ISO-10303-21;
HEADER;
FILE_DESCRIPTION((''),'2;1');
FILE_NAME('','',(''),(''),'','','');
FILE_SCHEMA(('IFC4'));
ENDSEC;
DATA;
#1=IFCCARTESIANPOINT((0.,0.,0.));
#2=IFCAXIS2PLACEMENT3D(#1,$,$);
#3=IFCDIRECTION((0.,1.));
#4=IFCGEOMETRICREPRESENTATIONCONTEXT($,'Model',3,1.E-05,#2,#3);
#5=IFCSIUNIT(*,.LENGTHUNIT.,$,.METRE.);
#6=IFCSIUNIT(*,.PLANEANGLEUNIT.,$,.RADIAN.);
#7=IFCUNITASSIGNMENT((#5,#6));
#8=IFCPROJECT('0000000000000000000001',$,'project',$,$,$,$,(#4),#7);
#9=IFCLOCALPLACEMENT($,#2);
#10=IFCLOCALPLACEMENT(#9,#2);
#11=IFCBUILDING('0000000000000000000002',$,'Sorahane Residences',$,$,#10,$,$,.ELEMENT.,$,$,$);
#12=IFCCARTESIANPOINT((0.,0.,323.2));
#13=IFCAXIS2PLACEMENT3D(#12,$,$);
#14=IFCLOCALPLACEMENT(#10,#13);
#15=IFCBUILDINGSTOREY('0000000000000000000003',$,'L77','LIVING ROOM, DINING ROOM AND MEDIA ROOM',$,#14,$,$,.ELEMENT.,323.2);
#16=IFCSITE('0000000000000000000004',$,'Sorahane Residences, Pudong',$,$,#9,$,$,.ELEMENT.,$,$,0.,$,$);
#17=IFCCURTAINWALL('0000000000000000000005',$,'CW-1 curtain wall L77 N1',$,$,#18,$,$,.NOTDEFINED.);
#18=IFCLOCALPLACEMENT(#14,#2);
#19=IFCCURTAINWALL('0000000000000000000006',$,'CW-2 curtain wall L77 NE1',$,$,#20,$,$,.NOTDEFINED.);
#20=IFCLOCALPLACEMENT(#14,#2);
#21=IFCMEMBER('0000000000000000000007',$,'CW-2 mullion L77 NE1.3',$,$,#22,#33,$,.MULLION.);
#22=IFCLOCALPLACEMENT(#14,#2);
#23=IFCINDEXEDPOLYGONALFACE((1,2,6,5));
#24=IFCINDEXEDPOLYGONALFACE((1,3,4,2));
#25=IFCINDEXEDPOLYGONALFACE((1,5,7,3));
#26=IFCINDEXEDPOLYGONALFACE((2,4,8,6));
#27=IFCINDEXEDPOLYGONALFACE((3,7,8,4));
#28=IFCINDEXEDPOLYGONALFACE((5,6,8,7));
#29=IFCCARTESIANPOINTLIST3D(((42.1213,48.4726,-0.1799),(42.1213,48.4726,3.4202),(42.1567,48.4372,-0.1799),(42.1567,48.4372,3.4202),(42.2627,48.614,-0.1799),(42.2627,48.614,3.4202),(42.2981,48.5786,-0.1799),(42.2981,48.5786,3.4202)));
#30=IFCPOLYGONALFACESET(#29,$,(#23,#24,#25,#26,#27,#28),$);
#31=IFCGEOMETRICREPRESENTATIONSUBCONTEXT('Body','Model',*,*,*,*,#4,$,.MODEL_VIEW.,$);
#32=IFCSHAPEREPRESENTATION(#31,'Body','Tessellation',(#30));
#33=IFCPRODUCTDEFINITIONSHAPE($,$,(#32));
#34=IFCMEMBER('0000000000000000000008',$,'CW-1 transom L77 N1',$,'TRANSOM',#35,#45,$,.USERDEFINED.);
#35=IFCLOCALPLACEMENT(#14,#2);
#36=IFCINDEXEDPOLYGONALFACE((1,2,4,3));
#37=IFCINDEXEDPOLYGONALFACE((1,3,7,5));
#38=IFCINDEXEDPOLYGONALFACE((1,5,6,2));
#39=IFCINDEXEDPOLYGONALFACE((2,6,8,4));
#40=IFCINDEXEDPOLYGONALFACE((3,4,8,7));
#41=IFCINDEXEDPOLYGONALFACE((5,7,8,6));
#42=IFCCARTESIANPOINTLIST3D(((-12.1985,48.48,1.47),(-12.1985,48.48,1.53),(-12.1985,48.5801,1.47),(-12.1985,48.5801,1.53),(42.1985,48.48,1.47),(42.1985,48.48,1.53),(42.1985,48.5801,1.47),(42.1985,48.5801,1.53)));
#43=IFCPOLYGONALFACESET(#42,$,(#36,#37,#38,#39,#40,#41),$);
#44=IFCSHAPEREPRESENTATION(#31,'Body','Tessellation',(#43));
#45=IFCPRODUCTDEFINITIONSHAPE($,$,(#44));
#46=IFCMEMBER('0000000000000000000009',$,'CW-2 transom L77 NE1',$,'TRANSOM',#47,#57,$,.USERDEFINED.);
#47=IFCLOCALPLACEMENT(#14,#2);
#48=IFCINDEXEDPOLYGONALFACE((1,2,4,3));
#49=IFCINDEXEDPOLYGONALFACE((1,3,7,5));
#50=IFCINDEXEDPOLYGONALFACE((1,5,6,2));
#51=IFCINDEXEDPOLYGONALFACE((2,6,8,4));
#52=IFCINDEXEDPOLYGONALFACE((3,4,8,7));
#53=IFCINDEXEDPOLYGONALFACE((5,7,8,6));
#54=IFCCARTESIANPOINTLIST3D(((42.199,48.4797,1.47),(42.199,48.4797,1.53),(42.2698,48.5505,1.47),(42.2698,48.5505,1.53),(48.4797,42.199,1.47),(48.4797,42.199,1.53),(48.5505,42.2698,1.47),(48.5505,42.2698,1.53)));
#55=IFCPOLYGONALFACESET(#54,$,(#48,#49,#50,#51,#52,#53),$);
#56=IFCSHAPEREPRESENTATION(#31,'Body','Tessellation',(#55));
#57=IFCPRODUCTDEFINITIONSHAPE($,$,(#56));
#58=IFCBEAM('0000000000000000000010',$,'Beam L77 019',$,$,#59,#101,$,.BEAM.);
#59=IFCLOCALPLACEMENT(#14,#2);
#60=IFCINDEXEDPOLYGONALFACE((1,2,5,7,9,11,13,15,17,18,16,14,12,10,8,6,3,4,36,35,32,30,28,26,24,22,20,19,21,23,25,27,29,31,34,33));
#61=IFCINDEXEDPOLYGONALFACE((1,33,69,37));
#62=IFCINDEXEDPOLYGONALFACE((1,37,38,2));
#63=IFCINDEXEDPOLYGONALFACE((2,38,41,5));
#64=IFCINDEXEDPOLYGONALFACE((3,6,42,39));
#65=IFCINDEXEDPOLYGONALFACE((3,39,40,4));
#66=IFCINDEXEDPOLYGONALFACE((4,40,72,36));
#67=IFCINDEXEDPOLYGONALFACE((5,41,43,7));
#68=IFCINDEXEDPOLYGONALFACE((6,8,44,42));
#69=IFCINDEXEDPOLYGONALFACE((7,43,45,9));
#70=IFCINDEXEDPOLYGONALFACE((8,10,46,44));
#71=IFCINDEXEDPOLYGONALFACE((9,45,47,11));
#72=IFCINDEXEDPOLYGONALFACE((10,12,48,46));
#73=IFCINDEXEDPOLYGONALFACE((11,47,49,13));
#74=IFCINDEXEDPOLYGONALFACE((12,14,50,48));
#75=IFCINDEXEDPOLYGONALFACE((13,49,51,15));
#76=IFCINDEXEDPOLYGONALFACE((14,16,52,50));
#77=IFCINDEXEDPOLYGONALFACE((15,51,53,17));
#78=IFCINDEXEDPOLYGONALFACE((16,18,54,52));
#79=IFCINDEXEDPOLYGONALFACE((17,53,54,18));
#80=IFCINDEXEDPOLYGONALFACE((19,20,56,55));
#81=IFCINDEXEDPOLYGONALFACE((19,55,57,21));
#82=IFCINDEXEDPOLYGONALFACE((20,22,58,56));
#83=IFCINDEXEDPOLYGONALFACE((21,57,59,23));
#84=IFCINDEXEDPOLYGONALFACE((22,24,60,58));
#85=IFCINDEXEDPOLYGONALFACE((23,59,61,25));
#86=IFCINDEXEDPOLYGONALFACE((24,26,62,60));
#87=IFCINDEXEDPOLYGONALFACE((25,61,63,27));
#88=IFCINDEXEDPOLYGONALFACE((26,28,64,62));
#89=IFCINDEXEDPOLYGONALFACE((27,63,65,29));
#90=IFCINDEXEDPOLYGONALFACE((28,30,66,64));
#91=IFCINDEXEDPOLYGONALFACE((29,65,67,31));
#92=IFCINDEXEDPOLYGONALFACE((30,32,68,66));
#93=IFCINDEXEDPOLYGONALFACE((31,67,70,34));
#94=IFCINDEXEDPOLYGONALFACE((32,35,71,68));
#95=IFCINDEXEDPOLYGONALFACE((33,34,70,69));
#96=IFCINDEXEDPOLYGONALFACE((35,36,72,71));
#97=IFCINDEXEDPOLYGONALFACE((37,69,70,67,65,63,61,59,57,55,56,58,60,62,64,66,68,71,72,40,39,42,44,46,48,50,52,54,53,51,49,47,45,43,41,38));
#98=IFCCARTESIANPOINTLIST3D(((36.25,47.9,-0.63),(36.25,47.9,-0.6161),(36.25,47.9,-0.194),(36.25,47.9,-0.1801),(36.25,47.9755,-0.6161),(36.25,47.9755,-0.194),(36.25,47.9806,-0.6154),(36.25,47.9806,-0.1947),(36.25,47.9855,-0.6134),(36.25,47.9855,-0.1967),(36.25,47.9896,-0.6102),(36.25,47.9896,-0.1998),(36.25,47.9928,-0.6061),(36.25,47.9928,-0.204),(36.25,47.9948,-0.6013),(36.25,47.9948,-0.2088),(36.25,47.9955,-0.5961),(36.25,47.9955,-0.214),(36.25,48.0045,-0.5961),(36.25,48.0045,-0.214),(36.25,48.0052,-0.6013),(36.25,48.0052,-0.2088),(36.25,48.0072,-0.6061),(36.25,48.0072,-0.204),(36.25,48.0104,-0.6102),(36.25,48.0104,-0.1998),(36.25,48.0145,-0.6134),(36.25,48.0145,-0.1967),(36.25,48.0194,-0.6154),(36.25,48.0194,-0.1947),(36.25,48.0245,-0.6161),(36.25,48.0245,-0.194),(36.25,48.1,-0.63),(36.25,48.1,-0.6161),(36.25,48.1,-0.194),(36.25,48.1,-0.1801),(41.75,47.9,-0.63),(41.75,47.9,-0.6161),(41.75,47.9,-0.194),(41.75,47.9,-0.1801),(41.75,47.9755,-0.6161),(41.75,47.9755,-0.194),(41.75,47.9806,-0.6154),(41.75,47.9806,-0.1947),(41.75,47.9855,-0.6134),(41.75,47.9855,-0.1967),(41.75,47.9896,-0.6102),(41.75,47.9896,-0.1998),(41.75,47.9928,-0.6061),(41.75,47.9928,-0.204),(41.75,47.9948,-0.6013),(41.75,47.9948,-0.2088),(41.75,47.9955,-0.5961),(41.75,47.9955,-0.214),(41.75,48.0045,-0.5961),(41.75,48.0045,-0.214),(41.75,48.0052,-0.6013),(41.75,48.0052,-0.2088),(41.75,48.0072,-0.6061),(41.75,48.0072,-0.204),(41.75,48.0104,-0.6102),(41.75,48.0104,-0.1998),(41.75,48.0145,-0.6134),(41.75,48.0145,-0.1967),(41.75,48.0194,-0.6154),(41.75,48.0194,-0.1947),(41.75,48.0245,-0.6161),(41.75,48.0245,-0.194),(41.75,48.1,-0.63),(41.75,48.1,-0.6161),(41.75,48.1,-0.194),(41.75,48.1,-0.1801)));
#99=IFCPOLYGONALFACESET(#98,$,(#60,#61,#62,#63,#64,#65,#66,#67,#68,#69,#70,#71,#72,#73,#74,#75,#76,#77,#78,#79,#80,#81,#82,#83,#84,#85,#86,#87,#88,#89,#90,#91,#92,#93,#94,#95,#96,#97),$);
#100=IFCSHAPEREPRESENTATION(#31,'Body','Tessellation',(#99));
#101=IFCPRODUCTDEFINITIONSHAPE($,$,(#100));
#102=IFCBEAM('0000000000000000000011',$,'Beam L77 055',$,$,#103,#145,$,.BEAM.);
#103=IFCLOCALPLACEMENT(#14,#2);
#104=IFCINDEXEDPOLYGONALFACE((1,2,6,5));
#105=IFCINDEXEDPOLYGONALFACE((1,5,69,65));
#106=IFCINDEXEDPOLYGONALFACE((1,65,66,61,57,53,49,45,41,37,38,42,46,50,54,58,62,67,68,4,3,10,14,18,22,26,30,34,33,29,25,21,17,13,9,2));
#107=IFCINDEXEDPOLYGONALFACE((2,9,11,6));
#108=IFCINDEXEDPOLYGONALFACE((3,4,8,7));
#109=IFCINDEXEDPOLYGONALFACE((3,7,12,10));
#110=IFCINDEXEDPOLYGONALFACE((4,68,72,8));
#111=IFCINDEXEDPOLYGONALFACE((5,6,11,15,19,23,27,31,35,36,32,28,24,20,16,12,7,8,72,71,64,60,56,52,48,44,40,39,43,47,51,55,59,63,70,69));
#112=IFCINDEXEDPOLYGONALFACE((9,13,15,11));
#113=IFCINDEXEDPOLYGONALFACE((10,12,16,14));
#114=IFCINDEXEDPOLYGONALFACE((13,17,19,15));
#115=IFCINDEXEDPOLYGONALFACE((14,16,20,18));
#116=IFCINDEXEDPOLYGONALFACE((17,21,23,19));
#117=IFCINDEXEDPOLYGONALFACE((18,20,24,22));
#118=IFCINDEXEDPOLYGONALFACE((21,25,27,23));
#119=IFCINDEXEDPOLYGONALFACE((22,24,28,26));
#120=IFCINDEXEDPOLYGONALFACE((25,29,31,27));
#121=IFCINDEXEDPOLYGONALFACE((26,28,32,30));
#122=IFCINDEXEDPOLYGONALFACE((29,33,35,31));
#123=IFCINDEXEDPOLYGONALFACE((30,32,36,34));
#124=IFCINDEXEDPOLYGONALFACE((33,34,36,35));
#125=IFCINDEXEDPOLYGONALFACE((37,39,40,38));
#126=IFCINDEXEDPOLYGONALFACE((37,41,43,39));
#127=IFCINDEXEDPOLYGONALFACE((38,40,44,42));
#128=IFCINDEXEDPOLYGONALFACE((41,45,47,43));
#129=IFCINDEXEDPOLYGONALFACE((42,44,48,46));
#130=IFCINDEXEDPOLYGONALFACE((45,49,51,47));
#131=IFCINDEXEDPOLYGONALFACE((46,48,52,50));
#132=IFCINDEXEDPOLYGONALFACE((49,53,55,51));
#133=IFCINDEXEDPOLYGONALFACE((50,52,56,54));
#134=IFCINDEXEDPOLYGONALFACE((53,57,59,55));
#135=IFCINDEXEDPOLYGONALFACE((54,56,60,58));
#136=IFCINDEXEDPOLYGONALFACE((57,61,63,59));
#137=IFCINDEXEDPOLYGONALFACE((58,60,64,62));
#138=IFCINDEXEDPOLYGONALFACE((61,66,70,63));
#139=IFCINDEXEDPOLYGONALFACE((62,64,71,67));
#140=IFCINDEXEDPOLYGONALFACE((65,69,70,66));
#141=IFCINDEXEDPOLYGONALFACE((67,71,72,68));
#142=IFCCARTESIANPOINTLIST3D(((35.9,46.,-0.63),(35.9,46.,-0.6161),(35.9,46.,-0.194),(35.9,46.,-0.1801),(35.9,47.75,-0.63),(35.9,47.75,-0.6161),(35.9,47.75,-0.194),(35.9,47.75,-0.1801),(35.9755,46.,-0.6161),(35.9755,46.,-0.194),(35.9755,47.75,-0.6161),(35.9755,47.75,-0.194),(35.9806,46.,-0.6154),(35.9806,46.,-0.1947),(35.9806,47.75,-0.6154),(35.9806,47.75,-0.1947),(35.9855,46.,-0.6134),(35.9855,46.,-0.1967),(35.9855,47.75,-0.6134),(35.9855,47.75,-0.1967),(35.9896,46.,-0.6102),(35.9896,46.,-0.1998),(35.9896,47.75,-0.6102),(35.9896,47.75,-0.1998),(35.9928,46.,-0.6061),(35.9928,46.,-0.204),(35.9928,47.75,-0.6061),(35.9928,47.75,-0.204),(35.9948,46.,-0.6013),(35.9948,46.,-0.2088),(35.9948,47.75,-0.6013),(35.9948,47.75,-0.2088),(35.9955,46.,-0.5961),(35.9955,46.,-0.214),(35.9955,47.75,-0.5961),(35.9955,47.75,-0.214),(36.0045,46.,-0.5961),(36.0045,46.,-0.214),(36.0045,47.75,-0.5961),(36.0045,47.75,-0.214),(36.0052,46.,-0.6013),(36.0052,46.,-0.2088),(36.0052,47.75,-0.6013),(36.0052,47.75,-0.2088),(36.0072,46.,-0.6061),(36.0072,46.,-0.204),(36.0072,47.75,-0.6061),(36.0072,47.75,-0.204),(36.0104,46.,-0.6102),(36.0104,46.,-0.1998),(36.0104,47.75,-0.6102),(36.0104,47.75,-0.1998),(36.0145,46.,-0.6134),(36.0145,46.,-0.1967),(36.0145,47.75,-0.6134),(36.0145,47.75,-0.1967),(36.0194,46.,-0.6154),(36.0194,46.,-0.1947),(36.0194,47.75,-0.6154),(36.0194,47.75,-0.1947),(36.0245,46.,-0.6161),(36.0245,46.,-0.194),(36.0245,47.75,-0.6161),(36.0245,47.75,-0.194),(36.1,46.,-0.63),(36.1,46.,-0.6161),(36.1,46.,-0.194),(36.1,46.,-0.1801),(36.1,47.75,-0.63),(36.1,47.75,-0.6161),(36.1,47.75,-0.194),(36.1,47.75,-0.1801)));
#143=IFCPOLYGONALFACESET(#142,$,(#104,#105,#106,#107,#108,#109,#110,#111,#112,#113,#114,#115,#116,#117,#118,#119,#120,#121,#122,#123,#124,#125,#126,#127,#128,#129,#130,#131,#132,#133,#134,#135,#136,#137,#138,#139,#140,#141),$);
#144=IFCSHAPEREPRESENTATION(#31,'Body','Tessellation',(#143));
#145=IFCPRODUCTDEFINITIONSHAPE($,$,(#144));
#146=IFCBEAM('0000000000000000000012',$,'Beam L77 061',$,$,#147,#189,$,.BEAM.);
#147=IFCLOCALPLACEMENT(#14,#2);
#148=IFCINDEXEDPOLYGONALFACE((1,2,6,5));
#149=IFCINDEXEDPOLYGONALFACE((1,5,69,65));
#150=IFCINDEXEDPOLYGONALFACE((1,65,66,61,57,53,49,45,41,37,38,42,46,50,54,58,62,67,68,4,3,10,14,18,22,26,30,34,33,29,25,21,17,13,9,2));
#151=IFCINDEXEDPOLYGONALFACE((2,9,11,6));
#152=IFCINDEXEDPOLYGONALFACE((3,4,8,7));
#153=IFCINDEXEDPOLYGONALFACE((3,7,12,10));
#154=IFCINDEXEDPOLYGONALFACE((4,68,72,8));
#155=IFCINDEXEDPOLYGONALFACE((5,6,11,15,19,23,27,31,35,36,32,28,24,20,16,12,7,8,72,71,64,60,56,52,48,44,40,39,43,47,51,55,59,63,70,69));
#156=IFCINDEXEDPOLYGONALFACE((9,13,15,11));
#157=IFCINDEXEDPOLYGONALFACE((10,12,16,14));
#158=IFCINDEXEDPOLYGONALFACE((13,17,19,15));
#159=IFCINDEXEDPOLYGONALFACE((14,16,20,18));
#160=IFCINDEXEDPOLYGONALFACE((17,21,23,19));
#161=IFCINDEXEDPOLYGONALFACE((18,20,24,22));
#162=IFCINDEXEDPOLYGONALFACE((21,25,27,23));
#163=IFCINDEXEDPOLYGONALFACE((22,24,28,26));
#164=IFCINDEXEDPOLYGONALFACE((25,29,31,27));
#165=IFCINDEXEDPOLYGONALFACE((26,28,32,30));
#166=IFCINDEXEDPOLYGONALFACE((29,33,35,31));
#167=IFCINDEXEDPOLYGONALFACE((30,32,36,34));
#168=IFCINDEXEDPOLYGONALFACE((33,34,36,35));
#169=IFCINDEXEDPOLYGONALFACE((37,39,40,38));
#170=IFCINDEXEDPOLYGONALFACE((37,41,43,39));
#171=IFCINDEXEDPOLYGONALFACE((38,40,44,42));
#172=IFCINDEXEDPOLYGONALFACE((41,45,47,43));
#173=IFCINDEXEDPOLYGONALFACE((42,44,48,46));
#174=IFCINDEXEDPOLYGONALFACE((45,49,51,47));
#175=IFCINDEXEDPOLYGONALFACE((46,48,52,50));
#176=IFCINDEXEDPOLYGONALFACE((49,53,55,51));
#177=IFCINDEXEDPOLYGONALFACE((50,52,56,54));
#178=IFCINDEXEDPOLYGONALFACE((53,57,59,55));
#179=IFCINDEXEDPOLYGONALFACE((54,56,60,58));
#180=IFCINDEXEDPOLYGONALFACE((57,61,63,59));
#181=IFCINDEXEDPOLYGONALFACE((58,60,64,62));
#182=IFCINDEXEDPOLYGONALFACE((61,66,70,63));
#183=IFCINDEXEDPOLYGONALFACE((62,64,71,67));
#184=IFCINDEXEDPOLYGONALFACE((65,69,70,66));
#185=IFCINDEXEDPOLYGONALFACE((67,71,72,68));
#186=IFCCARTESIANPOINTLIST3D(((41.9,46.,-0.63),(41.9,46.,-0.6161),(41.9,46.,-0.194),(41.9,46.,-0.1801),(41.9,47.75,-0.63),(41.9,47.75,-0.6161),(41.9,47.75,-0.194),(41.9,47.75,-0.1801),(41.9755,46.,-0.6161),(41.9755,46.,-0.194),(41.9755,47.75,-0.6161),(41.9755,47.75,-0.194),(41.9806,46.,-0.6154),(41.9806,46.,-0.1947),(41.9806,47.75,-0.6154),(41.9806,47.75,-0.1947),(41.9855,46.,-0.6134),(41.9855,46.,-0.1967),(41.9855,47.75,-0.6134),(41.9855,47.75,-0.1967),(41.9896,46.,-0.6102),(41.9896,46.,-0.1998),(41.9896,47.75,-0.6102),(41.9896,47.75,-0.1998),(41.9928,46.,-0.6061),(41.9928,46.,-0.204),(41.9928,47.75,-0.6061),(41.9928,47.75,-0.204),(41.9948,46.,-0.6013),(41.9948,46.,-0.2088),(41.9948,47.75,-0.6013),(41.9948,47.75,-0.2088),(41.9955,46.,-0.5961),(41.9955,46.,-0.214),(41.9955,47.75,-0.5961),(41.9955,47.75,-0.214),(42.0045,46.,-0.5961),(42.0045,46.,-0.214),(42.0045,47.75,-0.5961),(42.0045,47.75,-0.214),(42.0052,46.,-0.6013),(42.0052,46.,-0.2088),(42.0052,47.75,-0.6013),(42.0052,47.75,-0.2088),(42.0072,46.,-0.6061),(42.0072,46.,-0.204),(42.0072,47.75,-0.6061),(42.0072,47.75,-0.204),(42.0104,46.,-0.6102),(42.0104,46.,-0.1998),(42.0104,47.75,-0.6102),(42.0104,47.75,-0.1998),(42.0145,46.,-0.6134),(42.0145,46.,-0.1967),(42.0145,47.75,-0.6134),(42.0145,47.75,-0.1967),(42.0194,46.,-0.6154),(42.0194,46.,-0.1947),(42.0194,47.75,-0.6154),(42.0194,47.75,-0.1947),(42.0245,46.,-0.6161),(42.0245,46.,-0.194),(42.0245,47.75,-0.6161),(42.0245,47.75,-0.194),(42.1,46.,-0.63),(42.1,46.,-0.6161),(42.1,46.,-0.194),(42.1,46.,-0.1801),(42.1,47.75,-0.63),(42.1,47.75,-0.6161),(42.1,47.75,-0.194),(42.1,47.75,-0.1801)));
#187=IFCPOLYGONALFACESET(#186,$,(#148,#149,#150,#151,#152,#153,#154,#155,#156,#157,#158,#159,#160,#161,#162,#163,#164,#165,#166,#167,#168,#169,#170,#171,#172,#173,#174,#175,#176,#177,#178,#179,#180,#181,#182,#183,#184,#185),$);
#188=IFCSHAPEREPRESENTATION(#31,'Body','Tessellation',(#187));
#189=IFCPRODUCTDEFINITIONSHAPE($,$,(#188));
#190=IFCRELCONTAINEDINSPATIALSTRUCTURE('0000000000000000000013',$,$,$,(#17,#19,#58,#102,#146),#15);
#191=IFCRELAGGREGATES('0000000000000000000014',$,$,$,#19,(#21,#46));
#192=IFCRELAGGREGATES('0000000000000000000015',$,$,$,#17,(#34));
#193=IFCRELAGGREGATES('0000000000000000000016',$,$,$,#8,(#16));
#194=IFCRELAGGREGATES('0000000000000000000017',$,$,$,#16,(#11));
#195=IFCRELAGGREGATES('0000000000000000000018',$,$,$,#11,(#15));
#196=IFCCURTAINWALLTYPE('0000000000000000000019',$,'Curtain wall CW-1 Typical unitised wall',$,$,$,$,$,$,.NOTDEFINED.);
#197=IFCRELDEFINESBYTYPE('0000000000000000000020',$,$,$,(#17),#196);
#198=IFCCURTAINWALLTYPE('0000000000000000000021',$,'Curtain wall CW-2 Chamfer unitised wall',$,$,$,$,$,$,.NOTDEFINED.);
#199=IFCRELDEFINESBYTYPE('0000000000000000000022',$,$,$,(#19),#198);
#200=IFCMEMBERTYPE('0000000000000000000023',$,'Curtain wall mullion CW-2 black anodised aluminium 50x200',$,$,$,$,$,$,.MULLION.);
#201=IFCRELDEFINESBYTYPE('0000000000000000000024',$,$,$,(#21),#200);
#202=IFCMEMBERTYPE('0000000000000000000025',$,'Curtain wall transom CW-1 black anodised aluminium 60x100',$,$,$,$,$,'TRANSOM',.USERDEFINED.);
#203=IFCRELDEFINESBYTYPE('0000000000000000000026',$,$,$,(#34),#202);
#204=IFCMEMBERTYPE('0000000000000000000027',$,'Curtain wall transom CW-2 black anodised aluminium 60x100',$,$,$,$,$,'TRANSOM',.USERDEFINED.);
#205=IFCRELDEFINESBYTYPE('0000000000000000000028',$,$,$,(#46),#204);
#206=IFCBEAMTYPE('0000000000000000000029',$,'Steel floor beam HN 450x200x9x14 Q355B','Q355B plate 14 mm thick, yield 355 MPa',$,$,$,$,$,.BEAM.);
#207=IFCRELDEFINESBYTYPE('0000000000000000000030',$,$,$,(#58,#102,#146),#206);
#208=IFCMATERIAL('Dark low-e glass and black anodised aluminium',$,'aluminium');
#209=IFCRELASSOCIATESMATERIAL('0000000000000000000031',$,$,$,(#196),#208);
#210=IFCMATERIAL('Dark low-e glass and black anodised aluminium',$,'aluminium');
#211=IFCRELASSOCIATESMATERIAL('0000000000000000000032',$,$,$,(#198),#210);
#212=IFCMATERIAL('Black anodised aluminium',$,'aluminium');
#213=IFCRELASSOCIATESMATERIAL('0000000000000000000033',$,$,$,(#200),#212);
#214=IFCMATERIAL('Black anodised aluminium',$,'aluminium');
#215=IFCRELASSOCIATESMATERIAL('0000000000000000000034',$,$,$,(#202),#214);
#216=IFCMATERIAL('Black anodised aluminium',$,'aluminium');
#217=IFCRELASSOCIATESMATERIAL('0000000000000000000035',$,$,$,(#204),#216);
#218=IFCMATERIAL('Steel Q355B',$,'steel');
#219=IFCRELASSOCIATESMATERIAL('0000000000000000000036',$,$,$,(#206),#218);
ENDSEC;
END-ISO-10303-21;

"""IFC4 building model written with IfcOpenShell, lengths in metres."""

from ifc_helpers import new_model, si_unit, direction, frame, origin, origin_2d, place, context, subcontext, project, spatial, rectangle, i_section, extrude, material, material_profile, profile_set, type_object, element, aggregate, save


model = new_model("IFC4")

# Units and contexts
model_context = context("Model", 3, precision=1e-05, world=origin(), true_north=direction((0.0, 1.0)))
body_context = subcontext(model_context, "Body", "Model", "MODEL_VIEW")
ifc_project = project(units=[si_unit("LENGTHUNIT", "METRE"), si_unit("PLANEANGLEUNIT", "RADIAN")], contexts=[model_context])

# Site, building, storey
site_placement = place(None, origin())
site = spatial("IfcSite", under=ifc_project, at=site_placement, Name="Sorahane Residences, Pudong", CompositionType="ELEMENT", RefElevation=0.0)
building_placement = place(site_placement, origin())
building = spatial("IfcBuilding", under=site, at=building_placement, Name="Sorahane Residences", CompositionType="ELEMENT")
storey_placement = place(building_placement, frame((0.0, 0.0, 323.2)))
storey = spatial("IfcBuildingStorey", under=building, at=storey_placement, Name="L77", Description="LIVING ROOM, DINING ROOM AND MEDIA ROOM", CompositionType="ELEMENT", Elevation=323.2)

# Curtain walls, member
ifc_material_1 = material(Name="Dark low-e glass and black anodised aluminium", Category="aluminium")
curtain_wall_type_1 = type_object("IfcCurtainWallType", Name="Curtain wall CW-1 Typical unitised wall", PredefinedType="NOTDEFINED", material=ifc_material_1)
curtain_wall_1_placement = place(storey_placement, origin())
curtain_wall_1 = element("IfcCurtainWall", 1, at=curtain_wall_1_placement, inside=storey, type_object=curtain_wall_type_1, Name="CW-1 curtain wall L77 N1", PredefinedType="NOTDEFINED")
ifc_material_2 = material(Name="Dark low-e glass and black anodised aluminium", Category="aluminium")
curtain_wall_type_2 = type_object("IfcCurtainWallType", Name="Curtain wall CW-2 Chamfer unitised wall", PredefinedType="NOTDEFINED", material=ifc_material_2)
curtain_wall_2_placement = place(storey_placement, origin())
curtain_wall_2 = element("IfcCurtainWall", 2, at=curtain_wall_2_placement, inside=storey, type_object=curtain_wall_type_2, Name="CW-2 curtain wall L77 NE1", PredefinedType="NOTDEFINED")
ifc_material_3 = material(Name="Black anodised aluminium", Category="aluminium")
ifc_material_profile_1 = material_profile(ifc_material_3, rectangle(XDim=0.2, YDim=0.05, at=origin_2d()), Name="Curtain wall mullion CW-2 black anodised aluminium 50x200")
ifc_profile_set_1 = profile_set([ifc_material_profile_1], Name="Black anodised aluminium")
member_type_1 = type_object("IfcMemberType", Name="Curtain wall mullion CW-2 black anodised aluminium 50x200", PredefinedType="MULLION", material=ifc_profile_set_1)
member_1_placement = place(storey_placement, frame((42.2097, 48.5256, -0.1799), z_axis=(0.0, 0.0, 1.0), x_axis=(0.707107, 0.707107, 0.0)))
member_1 = element("IfcMember", 3, at=member_1_placement, type_object=member_type_1, Name="CW-2 mullion L77 NE1.3", PredefinedType="MULLION", context=body_context, shape_type="SweptSolid", body=[
    extrude(rectangle(XDim=0.2, YDim=0.05, at=origin_2d()), origin(), (0.0, 0.0, 1.0), 3.6001),
])

# Members
ifc_material_4 = material(Name="Black anodised aluminium", Category="aluminium")
ifc_material_profile_2 = material_profile(ifc_material_4, rectangle(XDim=0.1001, YDim=0.0601, at=origin_2d()), Name="Curtain wall transom CW-1 black anodised aluminium 60x100")
ifc_profile_set_2 = profile_set([ifc_material_profile_2], Name="Black anodised aluminium")
member_type_2 = type_object("IfcMemberType", Name="Curtain wall transom CW-1 black anodised aluminium 60x100", ElementType="TRANSOM", PredefinedType="USERDEFINED", material=ifc_profile_set_2)
member_2_placement = place(storey_placement, frame((42.1985, 48.53, 1.5), z_axis=(-1.0, 0.0, 0.0), x_axis=(0.0, -1.0, 0.0)))
member_2 = element("IfcMember", 4, at=member_2_placement, type_object=member_type_2, Name="CW-1 transom L77 N1", ObjectType="TRANSOM", PredefinedType="USERDEFINED", context=body_context, shape_type="SweptSolid", body=[
    extrude(rectangle(XDim=0.1001, YDim=0.0601, at=origin_2d()), origin(), (0.0, 0.0, 1.0), 54.397),
])
ifc_material_5 = material(Name="Black anodised aluminium", Category="aluminium")
ifc_material_profile_3 = material_profile(ifc_material_5, rectangle(XDim=0.1001, YDim=0.0601, at=origin_2d()), Name="Curtain wall transom CW-2 black anodised aluminium 60x100")
ifc_profile_set_3 = profile_set([ifc_material_profile_3], Name="Black anodised aluminium")
member_type_3 = type_object("IfcMemberType", Name="Curtain wall transom CW-2 black anodised aluminium 60x100", ElementType="TRANSOM", PredefinedType="USERDEFINED", material=ifc_profile_set_3)
member_3_placement = place(storey_placement, frame((48.5151, 42.2344, 1.5), z_axis=(-0.707107, 0.707107, 0.0), x_axis=(-0.707107, -0.707107, 0.0)))
member_3 = element("IfcMember", 5, at=member_3_placement, type_object=member_type_3, Name="CW-2 transom L77 NE1", ObjectType="TRANSOM", PredefinedType="USERDEFINED", context=body_context, shape_type="SweptSolid", body=[
    extrude(rectangle(XDim=0.1001, YDim=0.0601, at=origin_2d()), origin(), (0.0, 0.0, 1.0), 8.8823),
])

# Beams
ifc_material_6 = material(Name="Steel Q355B", Category="steel")
ifc_material_profile_4 = material_profile(ifc_material_6, i_section(OverallWidth=0.2, OverallDepth=0.45, WebThickness=0.009, FlangeThickness=0.0139, FilletRadius=0.02, at=origin_2d()), Name="HN 450x200x9x14")
ifc_profile_set_4 = profile_set([ifc_material_profile_4], Name="Steel Q355B")
beam_type = type_object("IfcBeamType", Name="Steel floor beam HN 450x200x9x14 Q355B", Description="Q355B plate 14 mm thick, yield 355 MPa", PredefinedType="BEAM", material=ifc_profile_set_4)
beam_placement = place(storey_placement, frame((36.25, 48.0, -0.405), z_axis=(1.0, 0.0, 0.0), x_axis=(0.0, 1.0, 0.0)))
element("IfcBeam", 6, at=beam_placement, inside=storey, type_object=beam_type, Name="Beam L77 019", PredefinedType="BEAM", context=body_context, shape_type="SweptSolid", body=[
    extrude(i_section(OverallWidth=0.2, OverallDepth=0.45, WebThickness=0.009, FlangeThickness=0.0139, FilletRadius=0.02, at=origin_2d()), origin(), (0.0, 0.0, 1.0), 5.5),
])
for number, where, z_axis, x_axis, name in (
    (7, (36.0, 46.0, -0.405), (0.0, 1.0, 0.0), (-1.0, 0.0, 0.0), "Beam L77 055"),
    (8, (42.0, 46.0, -0.405), (0.0, 1.0, 0.0), (-1.0, 0.0, 0.0), "Beam L77 061"),
):
    element("IfcBeam", number, at=place(storey_placement, frame(where, z_axis=z_axis, x_axis=x_axis)), inside=storey, type_object=beam_type, Name=name, PredefinedType="BEAM", context=body_context, shape_type="SweptSolid", body=[
        extrude(i_section(OverallWidth=0.2, OverallDepth=0.45, WebThickness=0.009, FlangeThickness=0.0139, FilletRadius=0.02, at=origin_2d()), origin(), (0.0, 0.0, 1.0), 1.75),
    ])

aggregate(curtain_wall_2, [member_1, member_3])
aggregate(curtain_wall_1, [member_2])

save(model, "model.ifc")
